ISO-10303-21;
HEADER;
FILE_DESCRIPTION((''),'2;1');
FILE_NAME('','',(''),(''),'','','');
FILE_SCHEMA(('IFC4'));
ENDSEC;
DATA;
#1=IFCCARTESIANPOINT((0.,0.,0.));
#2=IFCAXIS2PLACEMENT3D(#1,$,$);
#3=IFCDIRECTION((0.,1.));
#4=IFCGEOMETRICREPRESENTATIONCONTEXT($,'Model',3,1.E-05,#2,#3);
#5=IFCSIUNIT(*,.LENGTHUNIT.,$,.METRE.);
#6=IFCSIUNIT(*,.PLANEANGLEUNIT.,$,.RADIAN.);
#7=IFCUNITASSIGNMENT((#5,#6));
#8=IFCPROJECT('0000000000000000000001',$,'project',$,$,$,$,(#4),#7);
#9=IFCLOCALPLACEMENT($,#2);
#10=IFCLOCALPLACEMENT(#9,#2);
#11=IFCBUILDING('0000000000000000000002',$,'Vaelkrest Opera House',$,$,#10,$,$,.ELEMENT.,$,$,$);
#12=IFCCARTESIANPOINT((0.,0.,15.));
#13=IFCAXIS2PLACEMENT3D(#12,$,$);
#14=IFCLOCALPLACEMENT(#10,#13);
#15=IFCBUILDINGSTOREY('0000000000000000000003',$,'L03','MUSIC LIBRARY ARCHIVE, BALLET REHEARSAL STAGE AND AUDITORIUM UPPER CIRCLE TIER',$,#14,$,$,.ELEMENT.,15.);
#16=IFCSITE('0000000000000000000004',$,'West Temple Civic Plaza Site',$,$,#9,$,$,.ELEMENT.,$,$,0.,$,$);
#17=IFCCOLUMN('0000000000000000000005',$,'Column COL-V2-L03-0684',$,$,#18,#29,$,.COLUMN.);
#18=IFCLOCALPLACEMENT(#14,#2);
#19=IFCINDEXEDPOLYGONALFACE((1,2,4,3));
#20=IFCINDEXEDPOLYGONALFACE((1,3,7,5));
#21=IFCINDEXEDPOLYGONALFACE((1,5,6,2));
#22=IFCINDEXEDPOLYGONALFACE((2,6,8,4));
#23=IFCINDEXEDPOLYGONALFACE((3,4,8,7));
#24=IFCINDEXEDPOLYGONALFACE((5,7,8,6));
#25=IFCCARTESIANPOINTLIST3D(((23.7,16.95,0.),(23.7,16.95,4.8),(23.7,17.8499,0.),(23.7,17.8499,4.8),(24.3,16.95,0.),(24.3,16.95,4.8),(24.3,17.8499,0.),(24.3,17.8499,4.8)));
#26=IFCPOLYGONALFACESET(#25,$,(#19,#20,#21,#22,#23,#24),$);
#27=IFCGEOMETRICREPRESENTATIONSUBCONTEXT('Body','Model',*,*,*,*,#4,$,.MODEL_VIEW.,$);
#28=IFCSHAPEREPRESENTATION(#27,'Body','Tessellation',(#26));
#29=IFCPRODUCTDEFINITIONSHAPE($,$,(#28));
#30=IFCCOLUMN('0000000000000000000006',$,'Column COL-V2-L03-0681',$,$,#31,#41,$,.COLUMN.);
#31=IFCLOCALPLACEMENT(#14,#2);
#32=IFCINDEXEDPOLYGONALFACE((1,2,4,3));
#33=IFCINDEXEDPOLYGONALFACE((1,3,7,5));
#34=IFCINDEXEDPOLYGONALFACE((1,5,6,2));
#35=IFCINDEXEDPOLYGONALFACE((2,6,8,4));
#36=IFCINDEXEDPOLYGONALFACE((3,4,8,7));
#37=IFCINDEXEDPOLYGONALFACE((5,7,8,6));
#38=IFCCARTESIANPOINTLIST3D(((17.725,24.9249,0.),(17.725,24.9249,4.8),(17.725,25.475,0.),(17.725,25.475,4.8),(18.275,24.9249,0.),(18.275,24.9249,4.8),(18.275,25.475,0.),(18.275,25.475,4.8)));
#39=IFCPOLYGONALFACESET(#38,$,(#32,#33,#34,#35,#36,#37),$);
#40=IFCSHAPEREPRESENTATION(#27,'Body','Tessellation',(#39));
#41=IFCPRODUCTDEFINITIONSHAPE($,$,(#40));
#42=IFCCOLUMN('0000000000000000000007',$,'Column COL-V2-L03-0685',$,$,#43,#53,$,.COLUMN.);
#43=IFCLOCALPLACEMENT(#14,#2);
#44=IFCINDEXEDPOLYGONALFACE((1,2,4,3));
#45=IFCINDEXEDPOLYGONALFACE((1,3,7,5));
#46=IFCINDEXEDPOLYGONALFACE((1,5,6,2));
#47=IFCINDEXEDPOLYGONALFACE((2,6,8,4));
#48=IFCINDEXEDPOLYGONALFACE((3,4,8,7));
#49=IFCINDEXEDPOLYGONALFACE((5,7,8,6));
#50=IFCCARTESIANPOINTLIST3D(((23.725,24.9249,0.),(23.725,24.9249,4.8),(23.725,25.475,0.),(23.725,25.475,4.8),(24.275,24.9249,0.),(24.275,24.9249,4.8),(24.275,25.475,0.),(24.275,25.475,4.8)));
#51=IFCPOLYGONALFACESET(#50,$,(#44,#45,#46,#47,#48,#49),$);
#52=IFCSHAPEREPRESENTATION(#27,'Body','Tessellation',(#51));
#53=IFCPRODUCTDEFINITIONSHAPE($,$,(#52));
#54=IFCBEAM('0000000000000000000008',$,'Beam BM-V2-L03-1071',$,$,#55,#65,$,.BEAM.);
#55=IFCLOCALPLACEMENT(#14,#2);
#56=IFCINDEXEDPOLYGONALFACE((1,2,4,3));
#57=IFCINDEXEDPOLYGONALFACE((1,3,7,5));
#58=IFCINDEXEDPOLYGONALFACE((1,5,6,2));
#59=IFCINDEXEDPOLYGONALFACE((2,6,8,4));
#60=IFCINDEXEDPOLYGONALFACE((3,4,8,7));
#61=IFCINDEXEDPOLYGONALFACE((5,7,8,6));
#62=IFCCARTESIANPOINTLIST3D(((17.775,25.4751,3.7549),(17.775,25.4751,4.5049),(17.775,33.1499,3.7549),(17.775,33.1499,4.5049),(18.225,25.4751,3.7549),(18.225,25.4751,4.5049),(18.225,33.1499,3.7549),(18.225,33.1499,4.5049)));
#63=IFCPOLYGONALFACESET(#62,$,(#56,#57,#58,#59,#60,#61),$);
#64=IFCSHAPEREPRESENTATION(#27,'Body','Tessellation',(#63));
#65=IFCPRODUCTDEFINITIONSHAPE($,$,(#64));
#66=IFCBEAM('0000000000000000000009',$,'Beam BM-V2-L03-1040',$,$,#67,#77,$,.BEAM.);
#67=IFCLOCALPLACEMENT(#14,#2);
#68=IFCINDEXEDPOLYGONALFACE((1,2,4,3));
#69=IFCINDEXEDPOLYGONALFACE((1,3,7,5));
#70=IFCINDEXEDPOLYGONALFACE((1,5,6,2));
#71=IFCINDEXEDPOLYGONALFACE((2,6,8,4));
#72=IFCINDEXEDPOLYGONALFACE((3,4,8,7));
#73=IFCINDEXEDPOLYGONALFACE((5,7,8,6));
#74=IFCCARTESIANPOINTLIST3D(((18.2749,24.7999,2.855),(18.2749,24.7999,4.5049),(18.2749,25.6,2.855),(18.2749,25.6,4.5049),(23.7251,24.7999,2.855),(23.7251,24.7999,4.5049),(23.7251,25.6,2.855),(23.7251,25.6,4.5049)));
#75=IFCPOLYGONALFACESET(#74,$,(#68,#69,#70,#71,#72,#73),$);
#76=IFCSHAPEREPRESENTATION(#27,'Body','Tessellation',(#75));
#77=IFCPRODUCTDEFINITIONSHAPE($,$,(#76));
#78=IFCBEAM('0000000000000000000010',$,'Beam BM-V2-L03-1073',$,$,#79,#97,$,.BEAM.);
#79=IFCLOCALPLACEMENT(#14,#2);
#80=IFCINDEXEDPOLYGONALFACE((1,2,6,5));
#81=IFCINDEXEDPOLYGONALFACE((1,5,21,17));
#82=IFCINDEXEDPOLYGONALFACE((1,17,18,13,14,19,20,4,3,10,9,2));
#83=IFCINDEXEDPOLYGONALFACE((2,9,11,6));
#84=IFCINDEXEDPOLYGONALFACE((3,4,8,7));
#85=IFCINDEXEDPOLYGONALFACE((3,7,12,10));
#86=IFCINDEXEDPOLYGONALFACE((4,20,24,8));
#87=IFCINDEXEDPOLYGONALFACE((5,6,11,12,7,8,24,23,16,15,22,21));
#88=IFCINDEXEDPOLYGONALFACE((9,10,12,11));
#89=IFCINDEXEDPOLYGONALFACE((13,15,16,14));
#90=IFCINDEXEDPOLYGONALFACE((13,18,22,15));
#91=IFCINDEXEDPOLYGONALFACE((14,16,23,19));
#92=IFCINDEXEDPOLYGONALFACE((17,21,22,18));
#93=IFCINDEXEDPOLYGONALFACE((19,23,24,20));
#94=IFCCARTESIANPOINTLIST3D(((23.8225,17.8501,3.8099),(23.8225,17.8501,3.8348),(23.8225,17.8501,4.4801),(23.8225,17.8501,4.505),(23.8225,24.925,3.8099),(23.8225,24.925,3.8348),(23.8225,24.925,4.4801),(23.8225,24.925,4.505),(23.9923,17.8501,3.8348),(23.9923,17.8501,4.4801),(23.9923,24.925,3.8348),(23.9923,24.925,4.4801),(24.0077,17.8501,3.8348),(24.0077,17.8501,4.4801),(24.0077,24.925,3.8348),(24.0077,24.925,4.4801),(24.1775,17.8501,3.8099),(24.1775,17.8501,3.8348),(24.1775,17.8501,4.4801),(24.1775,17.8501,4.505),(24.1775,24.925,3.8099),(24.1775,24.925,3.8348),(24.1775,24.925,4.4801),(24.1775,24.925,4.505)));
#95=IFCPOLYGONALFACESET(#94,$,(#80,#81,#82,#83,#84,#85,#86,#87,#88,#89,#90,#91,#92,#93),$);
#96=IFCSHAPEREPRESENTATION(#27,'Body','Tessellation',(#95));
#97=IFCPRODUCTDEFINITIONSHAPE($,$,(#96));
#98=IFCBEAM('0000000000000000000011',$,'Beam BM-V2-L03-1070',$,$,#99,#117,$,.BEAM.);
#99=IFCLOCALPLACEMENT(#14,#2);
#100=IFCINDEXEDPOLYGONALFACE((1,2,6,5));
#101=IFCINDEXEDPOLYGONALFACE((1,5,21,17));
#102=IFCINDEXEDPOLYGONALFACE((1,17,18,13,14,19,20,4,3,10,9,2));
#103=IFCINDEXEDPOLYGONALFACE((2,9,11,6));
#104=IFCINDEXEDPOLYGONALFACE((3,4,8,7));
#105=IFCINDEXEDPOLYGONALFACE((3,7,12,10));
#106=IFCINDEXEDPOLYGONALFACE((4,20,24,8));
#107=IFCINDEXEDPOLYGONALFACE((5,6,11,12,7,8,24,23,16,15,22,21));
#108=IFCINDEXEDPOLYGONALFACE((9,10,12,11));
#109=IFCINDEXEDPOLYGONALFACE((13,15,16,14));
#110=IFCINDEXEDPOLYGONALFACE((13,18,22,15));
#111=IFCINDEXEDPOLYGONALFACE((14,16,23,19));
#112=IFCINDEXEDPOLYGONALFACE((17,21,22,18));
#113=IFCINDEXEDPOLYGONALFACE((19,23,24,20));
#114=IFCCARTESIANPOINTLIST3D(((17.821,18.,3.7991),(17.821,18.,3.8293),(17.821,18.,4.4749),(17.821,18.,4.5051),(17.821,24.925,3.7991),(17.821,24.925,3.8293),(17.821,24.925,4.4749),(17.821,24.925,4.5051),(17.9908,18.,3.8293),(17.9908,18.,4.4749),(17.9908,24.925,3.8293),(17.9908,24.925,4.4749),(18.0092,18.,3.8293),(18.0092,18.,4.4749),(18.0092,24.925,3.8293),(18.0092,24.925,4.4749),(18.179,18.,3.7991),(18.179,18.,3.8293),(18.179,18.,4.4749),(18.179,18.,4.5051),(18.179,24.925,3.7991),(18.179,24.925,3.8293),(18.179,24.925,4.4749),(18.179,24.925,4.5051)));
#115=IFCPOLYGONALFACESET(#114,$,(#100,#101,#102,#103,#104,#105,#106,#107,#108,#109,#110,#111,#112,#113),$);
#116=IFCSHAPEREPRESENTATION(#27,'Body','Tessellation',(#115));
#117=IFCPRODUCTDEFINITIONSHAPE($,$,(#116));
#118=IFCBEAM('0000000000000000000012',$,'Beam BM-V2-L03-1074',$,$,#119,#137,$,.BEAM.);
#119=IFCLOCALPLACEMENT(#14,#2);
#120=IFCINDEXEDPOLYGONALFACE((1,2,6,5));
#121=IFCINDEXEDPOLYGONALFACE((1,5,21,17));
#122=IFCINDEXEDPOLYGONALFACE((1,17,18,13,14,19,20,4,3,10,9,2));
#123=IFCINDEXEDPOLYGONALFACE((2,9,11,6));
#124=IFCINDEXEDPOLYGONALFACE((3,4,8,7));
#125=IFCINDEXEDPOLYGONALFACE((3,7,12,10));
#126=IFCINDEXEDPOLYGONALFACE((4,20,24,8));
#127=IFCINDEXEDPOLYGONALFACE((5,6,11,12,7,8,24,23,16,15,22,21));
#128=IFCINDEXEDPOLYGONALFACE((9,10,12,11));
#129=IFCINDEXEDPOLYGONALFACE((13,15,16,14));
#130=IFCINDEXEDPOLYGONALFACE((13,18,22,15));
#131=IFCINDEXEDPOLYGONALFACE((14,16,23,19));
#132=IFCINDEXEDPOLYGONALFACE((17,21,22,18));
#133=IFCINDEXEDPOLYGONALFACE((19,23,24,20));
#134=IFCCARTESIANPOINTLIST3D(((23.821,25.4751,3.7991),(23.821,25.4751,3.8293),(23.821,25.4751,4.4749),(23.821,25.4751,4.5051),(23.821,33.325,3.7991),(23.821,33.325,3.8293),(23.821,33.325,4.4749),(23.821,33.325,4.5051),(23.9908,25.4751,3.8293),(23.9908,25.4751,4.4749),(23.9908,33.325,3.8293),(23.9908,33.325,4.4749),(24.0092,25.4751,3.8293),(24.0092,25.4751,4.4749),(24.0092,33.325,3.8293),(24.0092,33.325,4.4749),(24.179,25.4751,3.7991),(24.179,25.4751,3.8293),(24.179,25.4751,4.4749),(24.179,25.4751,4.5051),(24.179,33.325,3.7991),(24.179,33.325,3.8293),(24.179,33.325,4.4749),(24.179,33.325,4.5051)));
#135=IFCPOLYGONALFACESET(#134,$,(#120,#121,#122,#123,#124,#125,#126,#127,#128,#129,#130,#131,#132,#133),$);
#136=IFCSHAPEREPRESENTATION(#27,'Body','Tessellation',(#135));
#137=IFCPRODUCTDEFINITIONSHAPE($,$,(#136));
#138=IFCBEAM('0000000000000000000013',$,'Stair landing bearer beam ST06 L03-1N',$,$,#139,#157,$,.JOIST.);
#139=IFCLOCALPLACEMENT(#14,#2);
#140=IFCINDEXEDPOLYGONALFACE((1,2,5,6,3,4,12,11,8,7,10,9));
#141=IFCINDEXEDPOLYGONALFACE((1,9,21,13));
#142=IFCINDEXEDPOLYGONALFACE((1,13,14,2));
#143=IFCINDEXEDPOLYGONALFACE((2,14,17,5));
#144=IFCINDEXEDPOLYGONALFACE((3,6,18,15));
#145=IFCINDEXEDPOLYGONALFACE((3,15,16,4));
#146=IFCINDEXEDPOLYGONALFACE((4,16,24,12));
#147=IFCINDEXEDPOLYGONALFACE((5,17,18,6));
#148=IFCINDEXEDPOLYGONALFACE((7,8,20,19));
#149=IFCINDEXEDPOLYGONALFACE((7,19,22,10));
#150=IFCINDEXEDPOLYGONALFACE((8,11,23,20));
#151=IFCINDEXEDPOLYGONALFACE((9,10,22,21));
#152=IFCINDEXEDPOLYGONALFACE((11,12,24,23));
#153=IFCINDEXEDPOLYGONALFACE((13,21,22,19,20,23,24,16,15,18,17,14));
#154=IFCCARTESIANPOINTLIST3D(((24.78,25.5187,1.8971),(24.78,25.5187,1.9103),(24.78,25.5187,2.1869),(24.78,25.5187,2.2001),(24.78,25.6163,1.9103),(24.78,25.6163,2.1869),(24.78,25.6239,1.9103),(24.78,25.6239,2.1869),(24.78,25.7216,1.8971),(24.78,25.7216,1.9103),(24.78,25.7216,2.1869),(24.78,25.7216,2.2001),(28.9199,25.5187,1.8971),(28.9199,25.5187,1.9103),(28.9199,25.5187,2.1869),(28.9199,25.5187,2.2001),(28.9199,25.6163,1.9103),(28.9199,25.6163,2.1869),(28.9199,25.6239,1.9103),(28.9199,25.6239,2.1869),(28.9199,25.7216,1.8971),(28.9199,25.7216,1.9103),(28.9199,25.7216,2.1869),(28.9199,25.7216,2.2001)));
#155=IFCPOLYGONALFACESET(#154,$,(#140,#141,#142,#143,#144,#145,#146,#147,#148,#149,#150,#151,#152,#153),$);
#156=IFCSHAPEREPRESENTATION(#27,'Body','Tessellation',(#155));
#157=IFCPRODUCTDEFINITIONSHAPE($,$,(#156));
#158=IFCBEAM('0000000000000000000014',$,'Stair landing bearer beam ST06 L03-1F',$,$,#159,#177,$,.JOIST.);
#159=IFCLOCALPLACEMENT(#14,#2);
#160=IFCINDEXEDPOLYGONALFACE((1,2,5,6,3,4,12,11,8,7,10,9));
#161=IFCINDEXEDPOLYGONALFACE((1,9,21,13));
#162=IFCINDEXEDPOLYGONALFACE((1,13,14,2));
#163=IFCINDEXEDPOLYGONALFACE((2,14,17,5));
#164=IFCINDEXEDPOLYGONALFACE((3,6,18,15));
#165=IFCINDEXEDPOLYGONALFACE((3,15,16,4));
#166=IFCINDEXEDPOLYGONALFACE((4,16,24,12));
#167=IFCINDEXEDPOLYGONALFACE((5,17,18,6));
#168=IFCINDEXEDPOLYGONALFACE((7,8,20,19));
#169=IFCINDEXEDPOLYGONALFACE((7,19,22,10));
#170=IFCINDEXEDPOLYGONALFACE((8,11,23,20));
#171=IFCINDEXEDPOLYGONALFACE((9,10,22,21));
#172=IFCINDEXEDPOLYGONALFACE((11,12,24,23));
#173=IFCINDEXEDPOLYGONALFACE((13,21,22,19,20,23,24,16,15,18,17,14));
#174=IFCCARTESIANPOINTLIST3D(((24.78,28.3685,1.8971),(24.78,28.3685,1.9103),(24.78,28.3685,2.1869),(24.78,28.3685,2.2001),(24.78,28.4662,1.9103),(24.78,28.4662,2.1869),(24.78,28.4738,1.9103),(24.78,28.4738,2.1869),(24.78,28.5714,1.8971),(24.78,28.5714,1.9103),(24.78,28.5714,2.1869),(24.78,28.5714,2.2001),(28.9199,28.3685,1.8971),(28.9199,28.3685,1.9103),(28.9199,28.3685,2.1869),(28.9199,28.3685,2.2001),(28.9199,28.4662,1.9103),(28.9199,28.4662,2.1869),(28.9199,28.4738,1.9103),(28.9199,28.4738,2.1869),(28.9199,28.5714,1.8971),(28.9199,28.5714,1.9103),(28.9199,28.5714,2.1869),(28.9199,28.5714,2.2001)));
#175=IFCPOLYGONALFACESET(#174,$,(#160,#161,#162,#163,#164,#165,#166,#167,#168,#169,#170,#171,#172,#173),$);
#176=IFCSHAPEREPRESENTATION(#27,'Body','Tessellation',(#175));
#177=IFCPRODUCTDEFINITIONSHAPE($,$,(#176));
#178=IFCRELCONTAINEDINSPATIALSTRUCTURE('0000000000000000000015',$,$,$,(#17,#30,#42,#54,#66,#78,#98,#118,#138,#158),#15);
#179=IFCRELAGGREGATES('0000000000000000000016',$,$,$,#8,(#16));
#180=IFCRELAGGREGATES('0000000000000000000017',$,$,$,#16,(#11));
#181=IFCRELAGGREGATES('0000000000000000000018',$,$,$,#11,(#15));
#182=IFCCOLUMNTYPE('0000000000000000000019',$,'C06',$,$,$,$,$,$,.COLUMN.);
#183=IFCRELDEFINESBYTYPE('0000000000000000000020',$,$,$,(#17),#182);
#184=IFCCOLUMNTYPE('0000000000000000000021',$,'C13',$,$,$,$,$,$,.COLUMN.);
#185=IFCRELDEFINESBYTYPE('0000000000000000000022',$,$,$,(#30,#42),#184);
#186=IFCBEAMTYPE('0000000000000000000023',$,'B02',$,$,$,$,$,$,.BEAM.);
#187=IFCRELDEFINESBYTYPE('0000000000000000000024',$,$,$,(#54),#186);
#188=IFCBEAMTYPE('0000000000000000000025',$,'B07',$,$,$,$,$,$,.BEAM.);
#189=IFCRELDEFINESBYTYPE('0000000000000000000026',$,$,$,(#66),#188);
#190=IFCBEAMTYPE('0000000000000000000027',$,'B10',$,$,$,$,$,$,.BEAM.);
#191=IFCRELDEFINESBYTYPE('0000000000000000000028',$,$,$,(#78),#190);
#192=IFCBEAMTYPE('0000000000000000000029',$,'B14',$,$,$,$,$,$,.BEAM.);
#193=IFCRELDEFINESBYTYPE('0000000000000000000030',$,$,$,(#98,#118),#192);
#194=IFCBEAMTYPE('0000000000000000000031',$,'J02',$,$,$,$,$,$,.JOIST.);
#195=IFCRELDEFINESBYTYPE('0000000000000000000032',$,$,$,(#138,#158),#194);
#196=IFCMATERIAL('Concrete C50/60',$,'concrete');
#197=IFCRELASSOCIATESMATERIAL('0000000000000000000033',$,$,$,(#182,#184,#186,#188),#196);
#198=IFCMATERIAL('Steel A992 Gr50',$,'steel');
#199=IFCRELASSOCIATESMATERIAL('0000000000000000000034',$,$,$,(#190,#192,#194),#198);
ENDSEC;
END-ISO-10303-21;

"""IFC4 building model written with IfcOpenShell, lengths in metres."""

from ifc_helpers import new_model, si_unit, direction, frame, origin, origin_2d, place, context, subcontext, project, spatial, rectangle, i_section, extrude, material, material_profile, profile_set, type_object, element, save


model = new_model("IFC4")

# Units and contexts
model_context = context("Model", 3, precision=1e-05, world=origin(), true_north=direction((0.0, 1.0)))
body_context = subcontext(model_context, "Body", "Model", "MODEL_VIEW")
ifc_project = project(units=[si_unit("LENGTHUNIT", "METRE"), si_unit("PLANEANGLEUNIT", "RADIAN")], contexts=[model_context])

# Site, building, storey
site_placement = place(None, origin())
site = spatial("IfcSite", under=ifc_project, at=site_placement, Name="West Temple Civic Plaza Site", CompositionType="ELEMENT", RefElevation=0.0)
building_placement = place(site_placement, origin())
building = spatial("IfcBuilding", under=site, at=building_placement, Name="Vaelkrest Opera House", CompositionType="ELEMENT")
storey_placement = place(building_placement, frame((0.0, 0.0, 15.0)))
storey = spatial("IfcBuildingStorey", under=building, at=storey_placement, Name="L03", Description="MUSIC LIBRARY ARCHIVE, BALLET REHEARSAL STAGE AND AUDITORIUM UPPER CIRCLE TIER", CompositionType="ELEMENT", Elevation=15.0)

# Columns
ifc_material_1 = material(Name="Concrete C50/60", Category="concrete")
ifc_material_profile_1 = material_profile(ifc_material_1, rectangle(XDim=0.6001, YDim=0.8999, at=origin_2d()), Name="RC600X900")
ifc_profile_set_1 = profile_set([ifc_material_profile_1], Name="Concrete C50/60")
column_type_1 = type_object("IfcColumnType", Name="C06", PredefinedType="COLUMN", material=ifc_profile_set_1)
column_placement = place(storey_placement, frame((24.0, 17.3999, 0.0), z_axis=(0.0, 0.0, 1.0), x_axis=(1.0, 0.0, 0.0)))
element("IfcColumn", 1, at=column_placement, inside=storey, type_object=column_type_1, Name="Column COL-V2-L03-0684", PredefinedType="COLUMN", context=body_context, shape_type="SweptSolid", body=[
    extrude(rectangle(XDim=0.6001, YDim=0.8999, at=origin_2d()), origin(), (0.0, 0.0, 1.0), 4.8),
])
ifc_material_profile_2 = material_profile(ifc_material_1, rectangle(XDim=0.55, YDim=0.55, at=origin_2d()), Name="RC550X550")
ifc_profile_set_2 = profile_set([ifc_material_profile_2], Name="Concrete C50/60")
column_type_2 = type_object("IfcColumnType", Name="C13", PredefinedType="COLUMN", material=ifc_profile_set_2)
for number, where, z_axis, x_axis, name in (
    (2, (18.0, 25.2, 0.0), (0.0, 0.0, 1.0), (1.0, 0.0, 0.0), "Column COL-V2-L03-0681"),
    (3, (24.0, 25.2, 0.0), (0.0, 0.0, 1.0), (1.0, 0.0, 0.0), "Column COL-V2-L03-0685"),
):
    element("IfcColumn", number, at=place(storey_placement, frame(where, z_axis=z_axis, x_axis=x_axis)), inside=storey, type_object=column_type_2, Name=name, PredefinedType="COLUMN", context=body_context, shape_type="SweptSolid", body=[
        extrude(rectangle(XDim=0.55, YDim=0.55, at=origin_2d()), origin(), (0.0, 0.0, 1.0), 4.8),
    ])

# Beams
ifc_material_profile_3 = material_profile(ifc_material_1, rectangle(XDim=0.45, YDim=0.75, at=origin_2d()), Name="RCB450X750")
ifc_profile_set_3 = profile_set([ifc_material_profile_3], Name="Concrete C50/60")
beam_type_1 = type_object("IfcBeamType", Name="B02", PredefinedType="BEAM", material=ifc_profile_set_3)
beam_1_placement = place(storey_placement, frame((18.0, 25.4751, 4.1299), z_axis=(0.0, 1.0, 0.0), x_axis=(-1.0, 0.0, 0.0)))
element("IfcBeam", 4, at=beam_1_placement, inside=storey, type_object=beam_type_1, Name="Beam BM-V2-L03-1071", PredefinedType="BEAM", context=body_context, shape_type="SweptSolid", body=[
    extrude(rectangle(XDim=0.45, YDim=0.75, at=origin_2d()), origin(), (0.0, 0.0, 1.0), 7.6748),
])
ifc_material_profile_4 = material_profile(ifc_material_1, rectangle(XDim=0.8, YDim=1.6499, at=origin_2d()), Name="RCB800X1650")
ifc_profile_set_4 = profile_set([ifc_material_profile_4], Name="Concrete C50/60")
beam_type_2 = type_object("IfcBeamType", Name="B07", PredefinedType="BEAM", material=ifc_profile_set_4)
beam_2_placement = place(storey_placement, frame((18.2749, 25.2, 3.6799), z_axis=(1.0, 0.0, 0.0), x_axis=(0.0, 1.0, 0.0)))
element("IfcBeam", 5, at=beam_2_placement, inside=storey, type_object=beam_type_2, Name="Beam BM-V2-L03-1040", PredefinedType="BEAM", context=body_context, shape_type="SweptSolid", body=[
    extrude(rectangle(XDim=0.8, YDim=1.6499, at=origin_2d()), origin(), (0.0, 0.0, 1.0), 5.4502),
])
ifc_material_2 = material(Name="Steel A992 Gr50", Category="steel")
ifc_material_profile_5 = material_profile(ifc_material_2, i_section(OverallWidth=0.355, OverallDepth=0.6951, WebThickness=0.0154, FlangeThickness=0.0249, at=origin_2d()), Name="W27X146")
ifc_profile_set_5 = profile_set([ifc_material_profile_5], Name="Steel A992 Gr50")
beam_type_3 = type_object("IfcBeamType", Name="B10", PredefinedType="BEAM", material=ifc_profile_set_5)
beam_3_placement = place(storey_placement, frame((24.0, 17.8501, 4.1575), z_axis=(0.0, 1.0, 0.0), x_axis=(-1.0, 0.0, 0.0)))
element("IfcBeam", 6, at=beam_3_placement, inside=storey, type_object=beam_type_3, Name="Beam BM-V2-L03-1073", PredefinedType="BEAM", context=body_context, shape_type="SweptSolid", body=[
    extrude(i_section(OverallWidth=0.355, OverallDepth=0.6951, WebThickness=0.0154, FlangeThickness=0.0249, at=origin_2d()), origin(), (0.0, 0.0, 1.0), 7.075),
])
ifc_material_profile_6 = material_profile(ifc_material_2, i_section(OverallWidth=0.3579, OverallDepth=0.7061, WebThickness=0.0183, FlangeThickness=0.0303, at=origin_2d()), Name="W27X178")
ifc_profile_set_6 = profile_set([ifc_material_profile_6], Name="Steel A992 Gr50")
beam_type_4 = type_object("IfcBeamType", Name="B14", PredefinedType="BEAM", material=ifc_profile_set_6)
beam_4_placement = place(storey_placement, frame((18.0, 18.0, 4.1521), z_axis=(0.0, 1.0, 0.0), x_axis=(-1.0, 0.0, 0.0)))
element("IfcBeam", 7, at=beam_4_placement, inside=storey, type_object=beam_type_4, Name="Beam BM-V2-L03-1070", PredefinedType="BEAM", context=body_context, shape_type="SweptSolid", body=[
    extrude(i_section(OverallWidth=0.3579, OverallDepth=0.7061, WebThickness=0.0183, FlangeThickness=0.0303, at=origin_2d()), origin(), (0.0, 0.0, 1.0), 6.925),
])
beam_5_placement = place(storey_placement, frame((24.0, 25.4751, 4.1521), z_axis=(0.0, 1.0, 0.0), x_axis=(-1.0, 0.0, 0.0)))
element("IfcBeam", 8, at=beam_5_placement, inside=storey, type_object=beam_type_4, Name="Beam BM-V2-L03-1074", PredefinedType="BEAM", context=body_context, shape_type="SweptSolid", body=[
    extrude(i_section(OverallWidth=0.3579, OverallDepth=0.7061, WebThickness=0.0183, FlangeThickness=0.0303, at=origin_2d()), origin(), (0.0, 0.0, 1.0), 7.8499),
])
ifc_material_profile_7 = material_profile(ifc_material_2, i_section(OverallWidth=0.2029, OverallDepth=0.303, WebThickness=0.0076, FlangeThickness=0.0132, at=origin_2d()), Name="W12X40")
ifc_profile_set_7 = profile_set([ifc_material_profile_7], Name="Steel A992 Gr50")
beam_type_5 = type_object("IfcBeamType", Name="J02", PredefinedType="JOIST", material=ifc_profile_set_7)
for number, where, z_axis, x_axis, name in (
    (9, (24.78, 25.6201, 2.0486), (1.0, 0.0, 0.0), (0.0, 1.0, 0.0), "Stair landing bearer beam ST06 L03-1N"),
    (10, (24.78, 28.47, 2.0486), (1.0, 0.0, 0.0), (0.0, 1.0, 0.0), "Stair landing bearer beam ST06 L03-1F"),
):
    element("IfcBeam", number, at=place(storey_placement, frame(where, z_axis=z_axis, x_axis=x_axis)), inside=storey, type_object=beam_type_5, Name=name, PredefinedType="JOIST", context=body_context, shape_type="SweptSolid", body=[
        extrude(i_section(OverallWidth=0.2029, OverallDepth=0.303, WebThickness=0.0076, FlangeThickness=0.0132, at=origin_2d()), origin(), (0.0, 0.0, 1.0), 4.1399),
    ])

save(model, "model.ifc")
